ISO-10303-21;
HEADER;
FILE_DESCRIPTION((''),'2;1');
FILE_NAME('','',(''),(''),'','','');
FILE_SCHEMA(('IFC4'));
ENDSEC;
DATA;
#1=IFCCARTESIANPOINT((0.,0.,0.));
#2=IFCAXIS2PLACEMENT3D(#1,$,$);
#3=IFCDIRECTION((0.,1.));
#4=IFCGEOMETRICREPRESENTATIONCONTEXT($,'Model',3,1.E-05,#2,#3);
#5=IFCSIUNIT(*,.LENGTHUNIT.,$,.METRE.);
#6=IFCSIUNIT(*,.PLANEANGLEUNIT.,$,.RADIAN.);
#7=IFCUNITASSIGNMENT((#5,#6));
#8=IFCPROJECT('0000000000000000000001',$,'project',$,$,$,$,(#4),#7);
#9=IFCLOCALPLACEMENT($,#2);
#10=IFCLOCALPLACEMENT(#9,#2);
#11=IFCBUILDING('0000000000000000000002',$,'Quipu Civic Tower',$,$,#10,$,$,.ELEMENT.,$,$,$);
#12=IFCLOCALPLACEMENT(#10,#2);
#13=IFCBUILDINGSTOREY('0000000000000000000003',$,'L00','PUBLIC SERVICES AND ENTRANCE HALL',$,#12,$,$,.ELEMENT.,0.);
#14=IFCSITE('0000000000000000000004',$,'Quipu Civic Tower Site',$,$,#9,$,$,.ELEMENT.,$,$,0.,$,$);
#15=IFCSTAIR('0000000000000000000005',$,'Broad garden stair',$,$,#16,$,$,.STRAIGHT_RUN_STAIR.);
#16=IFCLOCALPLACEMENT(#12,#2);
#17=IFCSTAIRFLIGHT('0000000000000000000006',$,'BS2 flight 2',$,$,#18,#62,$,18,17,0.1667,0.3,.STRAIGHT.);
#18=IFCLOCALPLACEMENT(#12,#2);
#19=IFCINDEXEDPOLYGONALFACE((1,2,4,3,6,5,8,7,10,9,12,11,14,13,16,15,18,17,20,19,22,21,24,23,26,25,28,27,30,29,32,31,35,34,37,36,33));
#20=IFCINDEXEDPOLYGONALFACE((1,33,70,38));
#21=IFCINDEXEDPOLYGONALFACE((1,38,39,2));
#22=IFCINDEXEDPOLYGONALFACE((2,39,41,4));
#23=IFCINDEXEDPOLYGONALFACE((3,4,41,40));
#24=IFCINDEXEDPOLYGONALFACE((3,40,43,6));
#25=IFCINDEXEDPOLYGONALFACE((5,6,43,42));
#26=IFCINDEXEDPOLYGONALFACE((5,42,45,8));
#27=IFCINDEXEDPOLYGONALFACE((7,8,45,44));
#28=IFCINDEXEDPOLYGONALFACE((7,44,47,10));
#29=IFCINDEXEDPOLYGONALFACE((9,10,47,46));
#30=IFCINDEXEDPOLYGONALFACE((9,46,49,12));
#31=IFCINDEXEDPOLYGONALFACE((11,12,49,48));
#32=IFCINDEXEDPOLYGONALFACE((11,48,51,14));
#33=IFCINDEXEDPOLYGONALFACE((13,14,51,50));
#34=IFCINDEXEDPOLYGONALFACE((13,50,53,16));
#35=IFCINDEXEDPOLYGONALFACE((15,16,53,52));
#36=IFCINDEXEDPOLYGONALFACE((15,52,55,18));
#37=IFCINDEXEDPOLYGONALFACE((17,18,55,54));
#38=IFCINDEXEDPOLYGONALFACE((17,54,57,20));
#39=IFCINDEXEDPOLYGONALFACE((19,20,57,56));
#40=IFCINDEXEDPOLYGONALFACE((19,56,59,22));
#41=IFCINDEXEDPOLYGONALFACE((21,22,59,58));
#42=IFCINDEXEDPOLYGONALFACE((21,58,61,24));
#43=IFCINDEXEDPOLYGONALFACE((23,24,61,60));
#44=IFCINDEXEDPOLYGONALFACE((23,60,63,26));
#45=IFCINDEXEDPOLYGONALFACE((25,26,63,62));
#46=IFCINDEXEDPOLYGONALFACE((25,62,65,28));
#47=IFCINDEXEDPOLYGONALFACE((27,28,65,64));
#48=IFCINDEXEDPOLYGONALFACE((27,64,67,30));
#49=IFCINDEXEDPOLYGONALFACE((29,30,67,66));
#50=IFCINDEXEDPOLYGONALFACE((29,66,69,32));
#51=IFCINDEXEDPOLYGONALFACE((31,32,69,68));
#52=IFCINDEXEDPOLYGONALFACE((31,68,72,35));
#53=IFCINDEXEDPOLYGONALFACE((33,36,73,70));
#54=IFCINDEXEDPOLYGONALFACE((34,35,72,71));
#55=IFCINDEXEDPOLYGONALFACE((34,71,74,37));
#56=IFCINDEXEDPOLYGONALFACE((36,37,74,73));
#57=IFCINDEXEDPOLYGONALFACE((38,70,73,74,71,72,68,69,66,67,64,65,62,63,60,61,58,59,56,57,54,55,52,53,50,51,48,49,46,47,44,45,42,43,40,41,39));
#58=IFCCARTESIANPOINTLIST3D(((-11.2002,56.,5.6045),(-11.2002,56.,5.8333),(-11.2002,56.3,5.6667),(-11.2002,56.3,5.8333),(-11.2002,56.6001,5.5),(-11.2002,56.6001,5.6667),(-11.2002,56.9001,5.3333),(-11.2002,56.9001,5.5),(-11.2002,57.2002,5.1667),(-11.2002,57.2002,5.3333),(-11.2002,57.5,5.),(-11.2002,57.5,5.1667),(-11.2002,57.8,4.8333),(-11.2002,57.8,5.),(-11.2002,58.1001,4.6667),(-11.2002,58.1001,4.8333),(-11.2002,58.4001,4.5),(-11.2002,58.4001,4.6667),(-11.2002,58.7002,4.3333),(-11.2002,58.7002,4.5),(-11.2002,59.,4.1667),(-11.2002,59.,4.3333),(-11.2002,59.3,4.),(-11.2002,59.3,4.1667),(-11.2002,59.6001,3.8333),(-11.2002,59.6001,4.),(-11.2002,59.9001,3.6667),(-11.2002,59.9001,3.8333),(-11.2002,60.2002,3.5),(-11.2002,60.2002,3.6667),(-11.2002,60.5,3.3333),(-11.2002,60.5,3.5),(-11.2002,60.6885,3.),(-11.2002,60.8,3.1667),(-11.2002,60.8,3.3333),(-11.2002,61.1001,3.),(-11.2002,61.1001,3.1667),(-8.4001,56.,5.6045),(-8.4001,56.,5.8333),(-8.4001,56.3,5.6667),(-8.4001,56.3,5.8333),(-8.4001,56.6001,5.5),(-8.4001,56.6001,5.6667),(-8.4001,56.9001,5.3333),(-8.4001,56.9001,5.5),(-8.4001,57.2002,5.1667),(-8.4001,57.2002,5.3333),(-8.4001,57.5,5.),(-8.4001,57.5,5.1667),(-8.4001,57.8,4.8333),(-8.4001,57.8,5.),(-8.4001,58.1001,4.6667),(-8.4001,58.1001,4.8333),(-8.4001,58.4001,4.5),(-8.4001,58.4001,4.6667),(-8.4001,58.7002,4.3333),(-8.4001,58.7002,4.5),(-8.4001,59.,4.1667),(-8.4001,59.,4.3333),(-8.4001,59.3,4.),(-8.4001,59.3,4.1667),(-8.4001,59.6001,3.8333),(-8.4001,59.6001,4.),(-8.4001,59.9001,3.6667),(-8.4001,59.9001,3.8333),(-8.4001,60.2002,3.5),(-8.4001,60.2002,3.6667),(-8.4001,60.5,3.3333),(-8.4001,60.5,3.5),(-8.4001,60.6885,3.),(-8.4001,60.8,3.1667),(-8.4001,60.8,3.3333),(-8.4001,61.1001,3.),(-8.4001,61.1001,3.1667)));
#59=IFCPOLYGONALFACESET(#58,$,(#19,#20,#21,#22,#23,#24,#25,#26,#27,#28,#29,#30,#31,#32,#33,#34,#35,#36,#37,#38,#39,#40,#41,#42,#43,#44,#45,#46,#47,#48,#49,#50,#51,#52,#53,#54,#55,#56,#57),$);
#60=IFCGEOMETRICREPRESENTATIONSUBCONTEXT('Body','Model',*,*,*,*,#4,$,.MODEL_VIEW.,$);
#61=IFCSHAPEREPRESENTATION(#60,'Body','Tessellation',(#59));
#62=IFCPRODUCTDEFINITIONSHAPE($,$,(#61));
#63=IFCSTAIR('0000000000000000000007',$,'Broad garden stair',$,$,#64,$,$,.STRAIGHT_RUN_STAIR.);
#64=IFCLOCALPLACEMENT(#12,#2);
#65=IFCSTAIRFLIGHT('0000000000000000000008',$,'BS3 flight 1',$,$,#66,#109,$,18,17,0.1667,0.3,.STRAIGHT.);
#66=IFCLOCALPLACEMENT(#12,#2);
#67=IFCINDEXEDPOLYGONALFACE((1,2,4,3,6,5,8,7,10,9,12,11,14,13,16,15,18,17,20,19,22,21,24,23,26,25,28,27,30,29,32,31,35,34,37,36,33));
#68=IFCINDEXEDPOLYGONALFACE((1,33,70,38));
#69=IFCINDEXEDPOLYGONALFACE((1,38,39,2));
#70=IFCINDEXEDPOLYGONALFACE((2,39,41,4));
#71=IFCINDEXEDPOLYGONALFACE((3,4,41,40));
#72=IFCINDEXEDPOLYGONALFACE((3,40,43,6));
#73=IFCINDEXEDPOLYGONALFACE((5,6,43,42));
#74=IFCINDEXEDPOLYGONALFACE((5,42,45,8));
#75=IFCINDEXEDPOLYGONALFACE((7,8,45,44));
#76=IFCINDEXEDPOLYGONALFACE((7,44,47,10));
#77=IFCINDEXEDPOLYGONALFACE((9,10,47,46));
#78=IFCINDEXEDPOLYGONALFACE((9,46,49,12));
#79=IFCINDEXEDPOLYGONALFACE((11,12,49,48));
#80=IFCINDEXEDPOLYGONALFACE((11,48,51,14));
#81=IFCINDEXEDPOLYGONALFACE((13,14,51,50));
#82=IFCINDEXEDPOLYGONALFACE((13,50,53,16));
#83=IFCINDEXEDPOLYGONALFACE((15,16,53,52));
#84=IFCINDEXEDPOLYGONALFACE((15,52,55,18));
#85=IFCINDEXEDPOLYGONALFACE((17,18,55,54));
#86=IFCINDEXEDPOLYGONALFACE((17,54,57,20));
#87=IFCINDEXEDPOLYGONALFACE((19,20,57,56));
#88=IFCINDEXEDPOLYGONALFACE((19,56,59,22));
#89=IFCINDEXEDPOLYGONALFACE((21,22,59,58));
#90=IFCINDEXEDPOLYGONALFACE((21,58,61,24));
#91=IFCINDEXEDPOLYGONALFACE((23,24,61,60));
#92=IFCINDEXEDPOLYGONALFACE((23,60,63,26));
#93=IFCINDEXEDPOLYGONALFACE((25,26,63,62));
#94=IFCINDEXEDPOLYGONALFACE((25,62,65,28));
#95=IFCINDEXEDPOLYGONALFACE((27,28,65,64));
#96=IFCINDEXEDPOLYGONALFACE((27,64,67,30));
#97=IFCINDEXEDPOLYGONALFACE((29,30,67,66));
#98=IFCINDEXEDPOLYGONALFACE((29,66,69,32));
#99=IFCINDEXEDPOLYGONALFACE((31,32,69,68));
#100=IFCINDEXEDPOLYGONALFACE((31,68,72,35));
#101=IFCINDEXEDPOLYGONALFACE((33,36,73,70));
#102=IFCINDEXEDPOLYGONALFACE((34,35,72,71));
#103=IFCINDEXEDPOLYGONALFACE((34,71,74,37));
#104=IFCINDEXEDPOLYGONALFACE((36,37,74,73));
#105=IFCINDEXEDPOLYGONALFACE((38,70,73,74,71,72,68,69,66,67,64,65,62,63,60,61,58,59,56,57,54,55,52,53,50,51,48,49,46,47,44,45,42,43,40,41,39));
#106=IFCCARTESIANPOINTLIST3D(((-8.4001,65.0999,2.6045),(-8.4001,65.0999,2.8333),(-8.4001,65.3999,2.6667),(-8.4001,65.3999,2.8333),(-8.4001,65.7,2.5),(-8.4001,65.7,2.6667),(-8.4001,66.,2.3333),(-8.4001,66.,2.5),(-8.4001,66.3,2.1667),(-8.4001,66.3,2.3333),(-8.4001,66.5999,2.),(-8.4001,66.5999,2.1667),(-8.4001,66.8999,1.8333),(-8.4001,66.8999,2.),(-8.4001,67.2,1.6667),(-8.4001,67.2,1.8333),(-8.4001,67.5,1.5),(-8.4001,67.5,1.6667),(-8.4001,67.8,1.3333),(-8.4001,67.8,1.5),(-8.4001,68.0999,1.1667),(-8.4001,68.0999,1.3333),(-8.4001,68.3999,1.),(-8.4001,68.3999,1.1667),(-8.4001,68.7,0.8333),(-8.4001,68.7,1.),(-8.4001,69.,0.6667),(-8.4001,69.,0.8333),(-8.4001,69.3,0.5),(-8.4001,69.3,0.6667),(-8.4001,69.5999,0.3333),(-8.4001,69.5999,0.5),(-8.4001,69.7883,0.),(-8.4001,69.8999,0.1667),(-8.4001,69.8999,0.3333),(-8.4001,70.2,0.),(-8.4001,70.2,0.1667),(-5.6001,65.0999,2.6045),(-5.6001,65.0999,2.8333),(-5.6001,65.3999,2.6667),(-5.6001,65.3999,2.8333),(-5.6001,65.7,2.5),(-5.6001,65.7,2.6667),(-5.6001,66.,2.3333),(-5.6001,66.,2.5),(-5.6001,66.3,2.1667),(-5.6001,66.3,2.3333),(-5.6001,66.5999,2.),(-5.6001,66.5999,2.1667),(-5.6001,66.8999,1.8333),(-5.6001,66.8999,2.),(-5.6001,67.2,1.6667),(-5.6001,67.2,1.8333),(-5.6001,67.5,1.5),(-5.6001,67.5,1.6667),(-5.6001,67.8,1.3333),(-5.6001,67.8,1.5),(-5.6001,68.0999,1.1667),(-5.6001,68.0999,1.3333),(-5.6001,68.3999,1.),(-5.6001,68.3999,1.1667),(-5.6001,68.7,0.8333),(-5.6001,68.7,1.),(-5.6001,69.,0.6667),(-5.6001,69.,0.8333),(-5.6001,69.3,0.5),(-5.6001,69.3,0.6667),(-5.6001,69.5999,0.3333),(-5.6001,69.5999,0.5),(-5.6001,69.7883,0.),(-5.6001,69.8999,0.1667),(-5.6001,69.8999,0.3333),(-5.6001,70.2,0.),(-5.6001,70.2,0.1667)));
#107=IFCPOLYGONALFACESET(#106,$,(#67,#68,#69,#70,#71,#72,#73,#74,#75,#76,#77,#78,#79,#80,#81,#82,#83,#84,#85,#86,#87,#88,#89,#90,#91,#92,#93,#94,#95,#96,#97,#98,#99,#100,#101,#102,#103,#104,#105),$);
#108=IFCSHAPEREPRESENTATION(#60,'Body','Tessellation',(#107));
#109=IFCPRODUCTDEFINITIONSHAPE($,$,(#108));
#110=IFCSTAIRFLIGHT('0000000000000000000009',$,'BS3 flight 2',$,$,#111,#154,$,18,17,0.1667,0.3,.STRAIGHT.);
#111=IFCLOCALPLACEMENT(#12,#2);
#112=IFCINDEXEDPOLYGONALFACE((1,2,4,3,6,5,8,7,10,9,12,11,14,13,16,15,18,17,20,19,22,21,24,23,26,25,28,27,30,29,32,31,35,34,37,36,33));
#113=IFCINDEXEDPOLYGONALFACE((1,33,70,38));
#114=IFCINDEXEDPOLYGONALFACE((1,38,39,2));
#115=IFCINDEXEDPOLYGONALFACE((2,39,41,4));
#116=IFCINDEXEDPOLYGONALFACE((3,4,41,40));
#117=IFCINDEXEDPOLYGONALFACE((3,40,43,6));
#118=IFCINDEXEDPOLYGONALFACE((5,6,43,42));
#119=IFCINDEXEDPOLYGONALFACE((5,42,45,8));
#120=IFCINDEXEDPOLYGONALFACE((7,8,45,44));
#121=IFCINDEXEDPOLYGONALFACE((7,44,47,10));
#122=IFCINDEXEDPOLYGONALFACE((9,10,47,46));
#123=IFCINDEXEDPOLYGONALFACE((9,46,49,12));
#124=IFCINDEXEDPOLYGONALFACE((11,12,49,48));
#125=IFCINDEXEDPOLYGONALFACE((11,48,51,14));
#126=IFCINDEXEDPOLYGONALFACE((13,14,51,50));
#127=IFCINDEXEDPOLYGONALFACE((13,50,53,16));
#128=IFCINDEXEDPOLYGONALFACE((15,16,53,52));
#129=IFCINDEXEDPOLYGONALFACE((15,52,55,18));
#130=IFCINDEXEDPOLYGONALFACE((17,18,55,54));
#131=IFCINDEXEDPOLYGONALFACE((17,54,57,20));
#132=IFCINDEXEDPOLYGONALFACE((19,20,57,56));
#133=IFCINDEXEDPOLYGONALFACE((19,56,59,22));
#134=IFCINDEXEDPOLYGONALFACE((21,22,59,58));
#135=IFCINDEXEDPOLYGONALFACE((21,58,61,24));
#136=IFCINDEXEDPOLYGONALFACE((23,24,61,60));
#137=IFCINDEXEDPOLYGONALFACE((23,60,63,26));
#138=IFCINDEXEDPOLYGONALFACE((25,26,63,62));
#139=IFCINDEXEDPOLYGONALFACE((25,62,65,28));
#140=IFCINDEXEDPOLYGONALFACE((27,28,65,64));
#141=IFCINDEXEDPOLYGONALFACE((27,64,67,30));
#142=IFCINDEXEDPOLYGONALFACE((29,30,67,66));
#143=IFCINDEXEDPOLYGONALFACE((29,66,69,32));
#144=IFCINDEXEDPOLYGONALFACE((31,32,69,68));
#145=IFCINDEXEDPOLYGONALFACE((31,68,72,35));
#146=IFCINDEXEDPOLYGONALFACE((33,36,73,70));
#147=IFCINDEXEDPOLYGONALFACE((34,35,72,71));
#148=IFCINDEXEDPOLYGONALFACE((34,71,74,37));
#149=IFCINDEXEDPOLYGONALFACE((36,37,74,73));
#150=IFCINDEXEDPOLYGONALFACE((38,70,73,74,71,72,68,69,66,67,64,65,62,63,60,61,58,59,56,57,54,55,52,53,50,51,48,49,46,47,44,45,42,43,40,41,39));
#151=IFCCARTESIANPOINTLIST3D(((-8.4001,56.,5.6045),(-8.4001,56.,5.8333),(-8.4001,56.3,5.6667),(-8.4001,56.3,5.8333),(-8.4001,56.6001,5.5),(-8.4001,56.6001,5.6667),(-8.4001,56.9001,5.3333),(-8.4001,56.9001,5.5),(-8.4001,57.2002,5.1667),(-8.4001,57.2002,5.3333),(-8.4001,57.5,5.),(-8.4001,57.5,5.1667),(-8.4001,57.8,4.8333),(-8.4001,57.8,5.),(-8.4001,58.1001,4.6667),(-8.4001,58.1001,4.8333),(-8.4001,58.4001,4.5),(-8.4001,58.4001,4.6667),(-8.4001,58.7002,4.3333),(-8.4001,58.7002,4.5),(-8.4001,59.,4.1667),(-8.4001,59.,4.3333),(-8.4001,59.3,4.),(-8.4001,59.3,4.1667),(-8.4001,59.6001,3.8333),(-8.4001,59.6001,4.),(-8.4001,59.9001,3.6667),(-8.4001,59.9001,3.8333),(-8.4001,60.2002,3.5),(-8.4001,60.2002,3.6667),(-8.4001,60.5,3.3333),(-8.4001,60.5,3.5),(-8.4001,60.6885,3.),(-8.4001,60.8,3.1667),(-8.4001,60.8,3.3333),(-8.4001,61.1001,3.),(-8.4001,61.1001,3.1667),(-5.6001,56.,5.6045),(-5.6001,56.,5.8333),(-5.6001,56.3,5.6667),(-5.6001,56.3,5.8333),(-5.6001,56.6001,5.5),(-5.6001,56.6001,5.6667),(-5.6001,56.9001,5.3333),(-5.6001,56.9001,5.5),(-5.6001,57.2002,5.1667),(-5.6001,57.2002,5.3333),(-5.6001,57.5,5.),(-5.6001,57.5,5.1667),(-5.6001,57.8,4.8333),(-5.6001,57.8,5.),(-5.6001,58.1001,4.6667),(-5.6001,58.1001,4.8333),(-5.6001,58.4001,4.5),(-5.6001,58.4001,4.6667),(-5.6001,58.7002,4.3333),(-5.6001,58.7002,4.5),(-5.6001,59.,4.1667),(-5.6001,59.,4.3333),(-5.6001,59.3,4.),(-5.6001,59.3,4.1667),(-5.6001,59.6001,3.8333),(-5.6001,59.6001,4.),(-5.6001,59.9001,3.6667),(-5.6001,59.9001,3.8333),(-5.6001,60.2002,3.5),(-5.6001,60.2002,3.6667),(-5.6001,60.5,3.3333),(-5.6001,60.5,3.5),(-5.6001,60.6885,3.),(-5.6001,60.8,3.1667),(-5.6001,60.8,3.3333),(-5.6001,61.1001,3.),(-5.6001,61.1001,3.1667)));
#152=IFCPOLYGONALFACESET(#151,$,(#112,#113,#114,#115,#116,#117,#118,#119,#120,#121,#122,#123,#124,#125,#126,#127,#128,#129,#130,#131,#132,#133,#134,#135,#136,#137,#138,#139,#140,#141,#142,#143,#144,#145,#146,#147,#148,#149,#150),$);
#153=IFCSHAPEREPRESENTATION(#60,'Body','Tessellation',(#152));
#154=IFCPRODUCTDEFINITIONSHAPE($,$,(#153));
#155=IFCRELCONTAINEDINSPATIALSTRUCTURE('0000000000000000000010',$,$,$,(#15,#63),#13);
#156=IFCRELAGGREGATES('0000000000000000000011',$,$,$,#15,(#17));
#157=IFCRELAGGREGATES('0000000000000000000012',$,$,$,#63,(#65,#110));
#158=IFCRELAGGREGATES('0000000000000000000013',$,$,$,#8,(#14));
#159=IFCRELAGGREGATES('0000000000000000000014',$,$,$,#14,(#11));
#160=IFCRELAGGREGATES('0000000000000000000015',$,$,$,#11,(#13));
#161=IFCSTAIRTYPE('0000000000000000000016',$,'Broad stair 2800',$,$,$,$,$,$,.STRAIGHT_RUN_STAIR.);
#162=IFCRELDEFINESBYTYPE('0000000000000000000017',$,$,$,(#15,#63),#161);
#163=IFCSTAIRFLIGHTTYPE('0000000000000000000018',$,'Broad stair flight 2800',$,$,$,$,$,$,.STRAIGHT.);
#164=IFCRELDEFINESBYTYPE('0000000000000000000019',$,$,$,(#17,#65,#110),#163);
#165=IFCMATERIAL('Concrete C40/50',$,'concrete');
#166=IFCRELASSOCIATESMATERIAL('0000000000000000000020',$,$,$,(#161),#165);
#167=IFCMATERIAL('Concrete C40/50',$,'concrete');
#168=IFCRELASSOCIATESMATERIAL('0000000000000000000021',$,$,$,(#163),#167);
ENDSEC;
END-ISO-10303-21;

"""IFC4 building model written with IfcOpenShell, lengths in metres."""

from ifc_helpers import new_model, si_unit, direction, frame, origin, place, context, subcontext, project, spatial, polyline, outline, extrude, material, type_object, element, aggregate, save


model = new_model("IFC4")

# Units and contexts
model_context = context("Model", 3, precision=1e-05, world=origin(), true_north=direction((0.0, 1.0)))
body_context = subcontext(model_context, "Body", "Model", "MODEL_VIEW")
ifc_project = project(units=[si_unit("LENGTHUNIT", "METRE"), si_unit("PLANEANGLEUNIT", "RADIAN")], contexts=[model_context])

# Site, building, storey
site_placement = place(None, origin())
site = spatial("IfcSite", under=ifc_project, at=site_placement, Name="Quipu Civic Tower Site", CompositionType="ELEMENT", RefElevation=0.0)
building_placement = place(site_placement, origin())
building = spatial("IfcBuilding", under=site, at=building_placement, Name="Quipu Civic Tower", CompositionType="ELEMENT")
storey_placement = place(building_placement, origin())
storey = spatial("IfcBuildingStorey", under=building, at=storey_placement, Name="L00", Description="PUBLIC SERVICES AND ENTRANCE HALL", CompositionType="ELEMENT", Elevation=0.0)

# Stairs, stair flights
ifc_material_1 = material(Name="Concrete C40/50", Category="concrete")
stair_type = type_object("IfcStairType", Name="Broad stair 2800", PredefinedType="STRAIGHT_RUN_STAIR", material=ifc_material_1)
ifc_material_2 = material(Name="Concrete C40/50", Category="concrete")
stair_flight_type = type_object("IfcStairFlightType", Name="Broad stair flight 2800", PredefinedType="STRAIGHT", material=ifc_material_2)
stair_1_placement = place(storey_placement, origin())
stair_1 = element("IfcStair", 1, at=stair_1_placement, inside=storey, type_object=stair_type, Name="Broad garden stair", PredefinedType="STRAIGHT_RUN_STAIR")
stair_flight_1_placement = place(storey_placement, frame((-9.8, 61.1001, 3.0), z_axis=(0.0, 0.0, 1.0), x_axis=(0.0, -1.0, 0.0)))
stair_flight_1 = element("IfcStairFlight", 2, at=stair_flight_1_placement, type_object=stair_flight_type, Name="BS2 flight 2", NumberOfRisers=18, NumberOfTreads=17, PredefinedType="STRAIGHT", RiserHeight=0.1667, TreadLength=0.3, context=body_context, shape_type="SweptSolid", body=[
    extrude(outline(polyline([(0.0, 0.0), (0.0, 0.1667), (0.3, 0.1667), (0.3, 0.3333), (0.6001, 0.3333), (0.6001, 0.5), (0.8999, 0.5), (0.8999, 0.6667), (1.2, 0.6667), (1.2, 0.8333), (1.5, 0.8333), (1.5, 1.0), (1.8, 1.0), (1.8, 1.1667), (2.1001, 1.1667), (2.1001, 1.3333), (2.3999, 1.3333), (2.3999, 1.5), (2.7, 1.5), (2.7, 1.6667), (3.0, 1.6667), (3.0, 1.8333), (3.3, 1.8333), (3.3, 2.0), (3.6001, 2.0), (3.6001, 2.1667), (3.8999, 2.1667), (3.8999, 2.3333), (4.2, 2.3333), (4.2, 2.5), (4.5, 2.5), (4.5, 2.6667), (4.8, 2.6667), (4.8, 2.8333), (5.1001, 2.8333), (5.1001, 3.0), (5.1001, 2.6045), (0.4116, 0.0), (0.0, 0.0)])), frame((0.0, 1.3999, 0.0), z_axis=(0.0, -1.0, 0.0), x_axis=(1.0, 0.0, 0.0)), (0.0, 0.0, 1.0), 2.8),
])
aggregate(stair_1, [stair_flight_1])
stair_2_placement = place(storey_placement, origin())
stair_2 = element("IfcStair", 3, at=stair_2_placement, inside=storey, type_object=stair_type, Name="Broad garden stair", PredefinedType="STRAIGHT_RUN_STAIR")
stair_flight_2_placement = place(storey_placement, frame((-7.0, 70.2, 0.0), z_axis=(0.0, 0.0, 1.0), x_axis=(0.0, -1.0, 0.0)))
stair_flight_2 = element("IfcStairFlight", 4, at=stair_flight_2_placement, type_object=stair_flight_type, Name="BS3 flight 1", NumberOfRisers=18, NumberOfTreads=17, PredefinedType="STRAIGHT", RiserHeight=0.1667, TreadLength=0.3, context=body_context, shape_type="SweptSolid", body=[
    extrude(outline(polyline([(0.0, 0.0), (0.0, 0.1667), (0.3, 0.1667), (0.3, 0.3333), (0.6001, 0.3333), (0.6001, 0.5), (0.8999, 0.5), (0.8999, 0.6667), (1.2, 0.6667), (1.2, 0.8333), (1.5, 0.8333), (1.5, 1.0), (1.8, 1.0), (1.8, 1.1667), (2.1001, 1.1667), (2.1001, 1.3333), (2.3999, 1.3333), (2.3999, 1.5), (2.7, 1.5), (2.7, 1.6667), (3.0, 1.6667), (3.0, 1.8333), (3.3, 1.8333), (3.3, 2.0), (3.6001, 2.0), (3.6001, 2.1667), (3.8999, 2.1667), (3.8999, 2.3333), (4.2, 2.3333), (4.2, 2.5), (4.5, 2.5), (4.5, 2.6667), (4.8, 2.6667), (4.8, 2.8333), (5.1001, 2.8333), (5.1001, 3.0), (5.1001, 2.6045), (0.4116, 0.0), (0.0, 0.0)])), frame((0.0, 1.3999, 0.0), z_axis=(0.0, -1.0, 0.0), x_axis=(1.0, 0.0, 0.0)), (0.0, 0.0, 1.0), 2.8),
])
stair_flight_3_placement = place(storey_placement, frame((-7.0, 61.1001, 3.0), z_axis=(0.0, 0.0, 1.0), x_axis=(0.0, -1.0, 0.0)))
stair_flight_3 = element("IfcStairFlight", 5, at=stair_flight_3_placement, type_object=stair_flight_type, Name="BS3 flight 2", NumberOfRisers=18, NumberOfTreads=17, PredefinedType="STRAIGHT", RiserHeight=0.1667, TreadLength=0.3, context=body_context, shape_type="SweptSolid", body=[
    extrude(outline(polyline([(0.0, 0.0), (0.0, 0.1667), (0.3, 0.1667), (0.3, 0.3333), (0.6001, 0.3333), (0.6001, 0.5), (0.8999, 0.5), (0.8999, 0.6667), (1.2, 0.6667), (1.2, 0.8333), (1.5, 0.8333), (1.5, 1.0), (1.8, 1.0), (1.8, 1.1667), (2.1001, 1.1667), (2.1001, 1.3333), (2.3999, 1.3333), (2.3999, 1.5), (2.7, 1.5), (2.7, 1.6667), (3.0, 1.6667), (3.0, 1.8333), (3.3, 1.8333), (3.3, 2.0), (3.6001, 2.0), (3.6001, 2.1667), (3.8999, 2.1667), (3.8999, 2.3333), (4.2, 2.3333), (4.2, 2.5), (4.5, 2.5), (4.5, 2.6667), (4.8, 2.6667), (4.8, 2.8333), (5.1001, 2.8333), (5.1001, 3.0), (5.1001, 2.6045), (0.4116, 0.0), (0.0, 0.0)])), frame((0.0, 1.3999, 0.0), z_axis=(0.0, -1.0, 0.0), x_axis=(1.0, 0.0, 0.0)), (0.0, 0.0, 1.0), 2.8),
])
aggregate(stair_2, [stair_flight_2, stair_flight_3])

save(model, "model.ifc")
